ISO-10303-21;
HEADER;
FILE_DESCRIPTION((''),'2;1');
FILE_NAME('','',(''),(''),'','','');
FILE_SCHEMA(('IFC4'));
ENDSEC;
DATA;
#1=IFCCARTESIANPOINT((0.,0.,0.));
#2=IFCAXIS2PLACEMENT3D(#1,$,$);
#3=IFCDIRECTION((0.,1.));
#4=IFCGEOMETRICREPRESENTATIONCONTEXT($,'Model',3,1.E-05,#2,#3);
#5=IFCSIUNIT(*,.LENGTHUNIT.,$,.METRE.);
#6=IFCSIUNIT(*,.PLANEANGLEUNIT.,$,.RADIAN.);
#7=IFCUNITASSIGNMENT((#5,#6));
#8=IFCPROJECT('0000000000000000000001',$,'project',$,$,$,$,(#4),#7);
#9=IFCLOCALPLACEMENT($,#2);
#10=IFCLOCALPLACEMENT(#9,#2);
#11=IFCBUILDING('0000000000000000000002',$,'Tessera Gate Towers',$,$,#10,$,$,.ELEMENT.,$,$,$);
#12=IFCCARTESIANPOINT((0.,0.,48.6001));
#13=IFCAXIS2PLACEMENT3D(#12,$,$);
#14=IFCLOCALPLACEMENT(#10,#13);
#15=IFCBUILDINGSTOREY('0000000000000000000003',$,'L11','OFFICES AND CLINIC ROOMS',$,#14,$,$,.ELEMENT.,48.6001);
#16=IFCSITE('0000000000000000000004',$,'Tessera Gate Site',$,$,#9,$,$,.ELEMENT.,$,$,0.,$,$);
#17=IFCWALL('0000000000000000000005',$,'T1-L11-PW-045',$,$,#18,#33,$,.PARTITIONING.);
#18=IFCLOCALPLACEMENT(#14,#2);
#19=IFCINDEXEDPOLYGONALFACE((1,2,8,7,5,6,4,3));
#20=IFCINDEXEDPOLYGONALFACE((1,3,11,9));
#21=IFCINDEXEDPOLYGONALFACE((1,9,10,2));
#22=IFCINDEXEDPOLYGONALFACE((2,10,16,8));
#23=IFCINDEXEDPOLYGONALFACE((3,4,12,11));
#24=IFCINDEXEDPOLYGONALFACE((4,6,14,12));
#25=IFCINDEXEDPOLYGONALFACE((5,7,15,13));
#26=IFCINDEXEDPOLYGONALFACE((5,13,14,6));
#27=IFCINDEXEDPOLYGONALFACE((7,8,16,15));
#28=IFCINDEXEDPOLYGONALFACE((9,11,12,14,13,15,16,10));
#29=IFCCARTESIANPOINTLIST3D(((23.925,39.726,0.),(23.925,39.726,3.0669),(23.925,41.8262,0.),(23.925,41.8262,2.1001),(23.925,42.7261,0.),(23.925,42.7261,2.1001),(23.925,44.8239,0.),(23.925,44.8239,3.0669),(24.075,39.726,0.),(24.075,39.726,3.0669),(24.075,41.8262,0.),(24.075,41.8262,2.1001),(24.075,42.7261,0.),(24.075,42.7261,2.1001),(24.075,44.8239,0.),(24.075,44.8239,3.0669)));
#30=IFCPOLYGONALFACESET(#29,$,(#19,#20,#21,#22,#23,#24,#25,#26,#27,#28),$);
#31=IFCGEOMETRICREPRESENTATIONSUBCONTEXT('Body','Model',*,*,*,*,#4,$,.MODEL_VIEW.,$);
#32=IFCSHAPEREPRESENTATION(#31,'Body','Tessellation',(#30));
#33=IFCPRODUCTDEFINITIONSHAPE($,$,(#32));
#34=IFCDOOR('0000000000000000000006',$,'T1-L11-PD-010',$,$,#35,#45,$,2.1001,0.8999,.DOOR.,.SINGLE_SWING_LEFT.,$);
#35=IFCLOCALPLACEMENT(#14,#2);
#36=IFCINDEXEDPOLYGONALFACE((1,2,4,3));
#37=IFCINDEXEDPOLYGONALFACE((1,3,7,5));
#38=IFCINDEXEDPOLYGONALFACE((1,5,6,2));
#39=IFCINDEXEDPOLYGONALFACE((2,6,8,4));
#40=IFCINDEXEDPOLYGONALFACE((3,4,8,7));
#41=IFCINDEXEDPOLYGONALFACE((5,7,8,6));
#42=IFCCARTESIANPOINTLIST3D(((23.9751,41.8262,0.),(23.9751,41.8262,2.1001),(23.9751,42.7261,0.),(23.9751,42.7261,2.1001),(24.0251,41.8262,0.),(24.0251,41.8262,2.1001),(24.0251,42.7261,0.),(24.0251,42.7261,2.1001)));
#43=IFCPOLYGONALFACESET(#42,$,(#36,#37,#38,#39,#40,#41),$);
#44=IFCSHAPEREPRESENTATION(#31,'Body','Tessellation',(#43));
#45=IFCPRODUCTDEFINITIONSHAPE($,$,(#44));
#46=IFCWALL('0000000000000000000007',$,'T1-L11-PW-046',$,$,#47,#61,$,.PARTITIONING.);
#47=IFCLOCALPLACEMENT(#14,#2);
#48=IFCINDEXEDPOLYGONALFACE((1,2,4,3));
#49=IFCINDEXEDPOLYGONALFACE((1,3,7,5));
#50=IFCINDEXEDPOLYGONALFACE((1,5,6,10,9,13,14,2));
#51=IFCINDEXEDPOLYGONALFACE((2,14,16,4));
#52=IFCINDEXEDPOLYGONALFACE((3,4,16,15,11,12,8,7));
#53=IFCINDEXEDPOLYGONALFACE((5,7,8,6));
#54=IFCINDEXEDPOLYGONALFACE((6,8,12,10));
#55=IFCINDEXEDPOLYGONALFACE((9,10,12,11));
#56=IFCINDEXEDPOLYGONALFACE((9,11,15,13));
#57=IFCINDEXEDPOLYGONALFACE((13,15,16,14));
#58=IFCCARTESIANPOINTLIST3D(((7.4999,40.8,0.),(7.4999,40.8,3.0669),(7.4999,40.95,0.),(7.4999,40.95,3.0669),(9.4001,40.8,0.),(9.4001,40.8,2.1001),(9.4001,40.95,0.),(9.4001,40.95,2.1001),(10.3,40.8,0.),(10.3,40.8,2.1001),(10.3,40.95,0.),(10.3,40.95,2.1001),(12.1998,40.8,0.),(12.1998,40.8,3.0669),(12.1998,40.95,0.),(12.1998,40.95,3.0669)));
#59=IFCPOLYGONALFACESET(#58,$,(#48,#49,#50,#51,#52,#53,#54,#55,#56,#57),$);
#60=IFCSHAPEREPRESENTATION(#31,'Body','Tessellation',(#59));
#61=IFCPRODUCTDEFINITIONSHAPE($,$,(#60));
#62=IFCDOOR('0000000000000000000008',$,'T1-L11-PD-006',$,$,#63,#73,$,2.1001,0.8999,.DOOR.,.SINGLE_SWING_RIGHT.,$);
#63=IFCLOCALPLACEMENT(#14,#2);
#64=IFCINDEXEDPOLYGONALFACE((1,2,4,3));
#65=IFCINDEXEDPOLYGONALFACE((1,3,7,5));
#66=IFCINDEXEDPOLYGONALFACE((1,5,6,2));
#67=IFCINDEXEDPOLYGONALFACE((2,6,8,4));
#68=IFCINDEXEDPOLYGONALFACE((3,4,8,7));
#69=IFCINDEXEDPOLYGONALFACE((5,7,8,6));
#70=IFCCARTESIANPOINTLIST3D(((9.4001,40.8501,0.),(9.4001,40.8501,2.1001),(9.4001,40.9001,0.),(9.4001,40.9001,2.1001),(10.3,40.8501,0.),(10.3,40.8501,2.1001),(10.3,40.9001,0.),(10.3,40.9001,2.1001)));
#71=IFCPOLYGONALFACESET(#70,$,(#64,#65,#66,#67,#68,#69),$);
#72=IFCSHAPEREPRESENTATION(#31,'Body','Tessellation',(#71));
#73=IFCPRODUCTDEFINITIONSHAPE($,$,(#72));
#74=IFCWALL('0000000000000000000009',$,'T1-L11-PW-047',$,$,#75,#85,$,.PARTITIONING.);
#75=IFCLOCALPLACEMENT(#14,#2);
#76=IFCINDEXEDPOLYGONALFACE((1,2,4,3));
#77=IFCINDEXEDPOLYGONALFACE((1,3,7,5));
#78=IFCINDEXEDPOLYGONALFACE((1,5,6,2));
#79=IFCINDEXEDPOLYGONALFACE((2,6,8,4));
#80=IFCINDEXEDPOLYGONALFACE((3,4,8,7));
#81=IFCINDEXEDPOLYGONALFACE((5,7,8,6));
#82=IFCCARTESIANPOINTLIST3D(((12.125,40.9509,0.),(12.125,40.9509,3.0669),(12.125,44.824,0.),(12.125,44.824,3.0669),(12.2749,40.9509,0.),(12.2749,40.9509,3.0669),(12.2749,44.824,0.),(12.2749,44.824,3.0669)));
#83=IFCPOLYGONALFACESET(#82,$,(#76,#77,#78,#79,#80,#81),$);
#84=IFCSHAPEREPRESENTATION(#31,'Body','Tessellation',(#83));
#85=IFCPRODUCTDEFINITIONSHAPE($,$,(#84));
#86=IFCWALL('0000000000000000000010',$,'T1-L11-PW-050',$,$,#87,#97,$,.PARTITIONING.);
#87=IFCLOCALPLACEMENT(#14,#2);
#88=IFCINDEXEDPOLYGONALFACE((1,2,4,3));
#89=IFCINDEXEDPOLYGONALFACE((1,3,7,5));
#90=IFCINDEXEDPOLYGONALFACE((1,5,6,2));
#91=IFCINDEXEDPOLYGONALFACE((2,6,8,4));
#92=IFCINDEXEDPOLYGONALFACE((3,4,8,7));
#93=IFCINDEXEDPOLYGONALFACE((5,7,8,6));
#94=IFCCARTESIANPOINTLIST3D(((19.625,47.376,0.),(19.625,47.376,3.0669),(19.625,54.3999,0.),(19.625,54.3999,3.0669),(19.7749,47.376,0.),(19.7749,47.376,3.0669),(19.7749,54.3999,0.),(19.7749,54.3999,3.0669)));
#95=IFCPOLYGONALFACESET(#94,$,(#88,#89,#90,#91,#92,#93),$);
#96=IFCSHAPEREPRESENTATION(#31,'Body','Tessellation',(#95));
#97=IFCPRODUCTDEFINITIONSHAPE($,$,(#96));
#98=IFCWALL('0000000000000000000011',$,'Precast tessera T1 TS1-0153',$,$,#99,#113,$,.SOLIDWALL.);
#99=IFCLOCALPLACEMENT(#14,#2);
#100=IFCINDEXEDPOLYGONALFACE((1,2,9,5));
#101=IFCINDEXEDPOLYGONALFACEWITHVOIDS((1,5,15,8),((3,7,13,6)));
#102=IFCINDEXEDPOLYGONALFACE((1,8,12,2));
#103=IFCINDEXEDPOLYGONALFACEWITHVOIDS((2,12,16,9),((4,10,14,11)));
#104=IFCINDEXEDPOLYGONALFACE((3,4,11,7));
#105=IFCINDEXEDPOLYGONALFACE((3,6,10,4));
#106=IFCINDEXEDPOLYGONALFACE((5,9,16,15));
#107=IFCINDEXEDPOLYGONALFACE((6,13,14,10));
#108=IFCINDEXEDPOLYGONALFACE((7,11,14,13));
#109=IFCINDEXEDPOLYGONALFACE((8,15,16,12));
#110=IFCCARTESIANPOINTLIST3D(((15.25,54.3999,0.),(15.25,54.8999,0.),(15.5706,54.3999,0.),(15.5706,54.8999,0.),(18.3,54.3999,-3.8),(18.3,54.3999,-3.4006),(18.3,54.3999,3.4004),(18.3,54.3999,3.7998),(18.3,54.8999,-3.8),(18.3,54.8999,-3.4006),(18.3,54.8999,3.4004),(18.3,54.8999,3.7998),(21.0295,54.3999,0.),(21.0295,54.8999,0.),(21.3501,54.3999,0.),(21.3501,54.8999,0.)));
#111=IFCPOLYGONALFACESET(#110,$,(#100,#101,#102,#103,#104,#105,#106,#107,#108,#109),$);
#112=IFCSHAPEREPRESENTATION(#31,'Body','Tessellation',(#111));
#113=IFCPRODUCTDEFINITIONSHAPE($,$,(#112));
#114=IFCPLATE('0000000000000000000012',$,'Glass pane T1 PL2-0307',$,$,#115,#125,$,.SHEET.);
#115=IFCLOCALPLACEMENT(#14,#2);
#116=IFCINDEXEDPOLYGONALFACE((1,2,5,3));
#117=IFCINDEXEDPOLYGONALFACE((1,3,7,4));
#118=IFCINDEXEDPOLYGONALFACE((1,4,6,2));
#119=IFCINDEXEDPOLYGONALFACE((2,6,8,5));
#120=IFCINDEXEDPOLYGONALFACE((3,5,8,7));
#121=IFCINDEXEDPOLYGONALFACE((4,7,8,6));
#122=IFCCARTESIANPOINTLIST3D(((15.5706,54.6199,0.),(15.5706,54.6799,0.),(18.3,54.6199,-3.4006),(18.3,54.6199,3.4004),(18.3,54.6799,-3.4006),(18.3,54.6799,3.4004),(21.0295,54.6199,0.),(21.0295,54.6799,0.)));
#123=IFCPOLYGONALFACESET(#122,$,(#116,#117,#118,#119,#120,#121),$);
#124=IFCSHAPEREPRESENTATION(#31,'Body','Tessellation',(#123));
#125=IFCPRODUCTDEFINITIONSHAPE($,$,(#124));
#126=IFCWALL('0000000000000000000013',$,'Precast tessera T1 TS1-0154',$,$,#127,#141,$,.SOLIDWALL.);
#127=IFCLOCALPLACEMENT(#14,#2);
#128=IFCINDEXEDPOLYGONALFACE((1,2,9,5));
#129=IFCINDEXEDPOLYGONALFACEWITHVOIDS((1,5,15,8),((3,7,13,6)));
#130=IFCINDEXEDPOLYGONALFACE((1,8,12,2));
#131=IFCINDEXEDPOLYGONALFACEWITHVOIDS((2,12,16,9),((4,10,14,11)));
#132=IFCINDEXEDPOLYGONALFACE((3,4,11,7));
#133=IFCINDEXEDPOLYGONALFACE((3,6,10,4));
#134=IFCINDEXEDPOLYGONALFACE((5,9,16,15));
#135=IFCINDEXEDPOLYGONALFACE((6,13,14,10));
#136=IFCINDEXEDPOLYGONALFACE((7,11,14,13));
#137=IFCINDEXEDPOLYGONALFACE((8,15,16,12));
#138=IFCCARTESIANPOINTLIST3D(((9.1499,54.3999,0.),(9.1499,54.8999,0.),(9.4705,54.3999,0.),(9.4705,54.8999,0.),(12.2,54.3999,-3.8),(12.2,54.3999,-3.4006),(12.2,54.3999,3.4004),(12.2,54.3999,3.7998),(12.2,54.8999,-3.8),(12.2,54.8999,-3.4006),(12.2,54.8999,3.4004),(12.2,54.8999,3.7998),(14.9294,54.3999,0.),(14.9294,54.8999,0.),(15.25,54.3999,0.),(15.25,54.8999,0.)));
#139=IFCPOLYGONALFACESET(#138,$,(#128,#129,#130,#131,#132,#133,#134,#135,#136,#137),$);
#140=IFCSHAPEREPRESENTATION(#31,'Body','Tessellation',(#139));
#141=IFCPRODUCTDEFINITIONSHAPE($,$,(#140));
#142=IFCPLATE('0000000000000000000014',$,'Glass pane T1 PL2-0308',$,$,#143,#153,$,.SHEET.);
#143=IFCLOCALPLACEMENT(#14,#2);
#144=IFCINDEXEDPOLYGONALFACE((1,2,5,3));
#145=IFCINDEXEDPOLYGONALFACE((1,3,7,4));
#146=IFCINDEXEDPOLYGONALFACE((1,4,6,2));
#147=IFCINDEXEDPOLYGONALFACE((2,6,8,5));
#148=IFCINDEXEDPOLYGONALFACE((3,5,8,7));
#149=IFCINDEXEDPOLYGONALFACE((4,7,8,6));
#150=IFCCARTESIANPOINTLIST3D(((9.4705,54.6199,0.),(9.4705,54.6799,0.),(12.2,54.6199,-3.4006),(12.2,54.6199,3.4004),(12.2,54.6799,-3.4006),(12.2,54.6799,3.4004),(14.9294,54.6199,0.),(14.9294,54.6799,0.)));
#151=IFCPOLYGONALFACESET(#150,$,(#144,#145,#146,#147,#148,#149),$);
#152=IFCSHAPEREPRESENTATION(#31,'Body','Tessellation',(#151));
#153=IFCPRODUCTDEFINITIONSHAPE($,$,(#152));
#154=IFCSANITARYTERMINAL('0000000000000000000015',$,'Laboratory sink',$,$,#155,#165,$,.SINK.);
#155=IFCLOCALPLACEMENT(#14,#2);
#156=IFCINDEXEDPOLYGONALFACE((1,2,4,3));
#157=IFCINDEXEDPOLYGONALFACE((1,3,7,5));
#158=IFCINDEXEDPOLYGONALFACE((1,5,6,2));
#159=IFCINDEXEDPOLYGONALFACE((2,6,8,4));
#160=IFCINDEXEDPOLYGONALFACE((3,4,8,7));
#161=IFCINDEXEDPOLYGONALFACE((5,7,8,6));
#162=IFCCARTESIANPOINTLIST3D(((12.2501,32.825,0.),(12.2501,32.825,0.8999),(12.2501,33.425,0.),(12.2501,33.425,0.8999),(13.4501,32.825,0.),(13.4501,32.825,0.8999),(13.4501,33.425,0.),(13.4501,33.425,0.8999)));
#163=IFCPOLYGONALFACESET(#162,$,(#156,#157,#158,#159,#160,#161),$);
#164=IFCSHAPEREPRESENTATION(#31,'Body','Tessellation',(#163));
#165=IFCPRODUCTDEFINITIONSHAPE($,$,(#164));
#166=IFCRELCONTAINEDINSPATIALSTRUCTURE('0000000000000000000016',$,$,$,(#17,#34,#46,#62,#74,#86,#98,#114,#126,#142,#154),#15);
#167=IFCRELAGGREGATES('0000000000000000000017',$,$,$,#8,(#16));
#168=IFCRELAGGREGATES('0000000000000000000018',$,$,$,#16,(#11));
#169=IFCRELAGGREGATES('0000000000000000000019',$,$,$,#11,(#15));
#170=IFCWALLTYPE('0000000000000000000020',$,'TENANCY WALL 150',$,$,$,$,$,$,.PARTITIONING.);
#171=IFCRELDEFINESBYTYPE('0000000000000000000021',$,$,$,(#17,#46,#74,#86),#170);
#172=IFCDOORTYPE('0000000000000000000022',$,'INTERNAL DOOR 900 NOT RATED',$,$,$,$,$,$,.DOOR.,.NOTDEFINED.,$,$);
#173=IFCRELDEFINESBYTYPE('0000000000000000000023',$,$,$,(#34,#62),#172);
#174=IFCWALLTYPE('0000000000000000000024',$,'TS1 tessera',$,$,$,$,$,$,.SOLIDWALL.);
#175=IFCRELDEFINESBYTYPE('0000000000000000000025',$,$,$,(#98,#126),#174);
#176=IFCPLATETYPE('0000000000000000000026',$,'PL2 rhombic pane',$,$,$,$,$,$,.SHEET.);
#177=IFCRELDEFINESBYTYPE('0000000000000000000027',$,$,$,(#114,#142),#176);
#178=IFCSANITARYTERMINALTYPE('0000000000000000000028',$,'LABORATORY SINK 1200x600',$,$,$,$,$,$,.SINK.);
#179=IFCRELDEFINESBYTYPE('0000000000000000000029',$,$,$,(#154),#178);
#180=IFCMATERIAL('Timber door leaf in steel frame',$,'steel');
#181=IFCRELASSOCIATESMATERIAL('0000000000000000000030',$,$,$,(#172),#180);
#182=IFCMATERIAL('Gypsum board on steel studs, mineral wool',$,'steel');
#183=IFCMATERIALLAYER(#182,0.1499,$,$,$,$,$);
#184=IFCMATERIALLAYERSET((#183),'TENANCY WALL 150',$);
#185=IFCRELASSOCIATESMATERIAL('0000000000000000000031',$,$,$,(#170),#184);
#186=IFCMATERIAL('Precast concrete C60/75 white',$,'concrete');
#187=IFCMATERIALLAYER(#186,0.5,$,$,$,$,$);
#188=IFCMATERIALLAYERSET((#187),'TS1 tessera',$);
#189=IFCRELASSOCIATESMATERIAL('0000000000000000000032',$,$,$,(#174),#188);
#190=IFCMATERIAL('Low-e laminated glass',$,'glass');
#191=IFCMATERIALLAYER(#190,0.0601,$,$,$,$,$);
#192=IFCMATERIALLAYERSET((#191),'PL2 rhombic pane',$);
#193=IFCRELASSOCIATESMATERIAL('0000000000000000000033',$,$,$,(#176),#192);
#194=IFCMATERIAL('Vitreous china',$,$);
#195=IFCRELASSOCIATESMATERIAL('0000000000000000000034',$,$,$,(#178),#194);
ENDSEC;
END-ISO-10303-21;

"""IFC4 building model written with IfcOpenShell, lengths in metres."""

from ifc_helpers import new_model, si_unit, direction, frame, frame_2d, origin, origin_2d, place, context, subcontext, project, spatial, polyline, rectangle, outline, extrude, source, transform, mapped, material, layer, layer_set, type_object, element, fill, save


model = new_model("IFC4")

# Units and contexts
model_context = context("Model", 3, precision=1e-05, world=origin(), true_north=direction((0.0, 1.0)))
body_context = subcontext(model_context, "Body", "Model", "MODEL_VIEW")
ifc_project = project(units=[si_unit("LENGTHUNIT", "METRE"), si_unit("PLANEANGLEUNIT", "RADIAN")], contexts=[model_context])

# Site, building, storey
site_placement = place(None, origin())
site = spatial("IfcSite", under=ifc_project, at=site_placement, Name="Tessera Gate Site", CompositionType="ELEMENT", RefElevation=0.0)
building_placement = place(site_placement, origin())
building = spatial("IfcBuilding", under=site, at=building_placement, Name="Tessera Gate Towers", CompositionType="ELEMENT")
storey_placement = place(building_placement, frame((0.0, 0.0, 48.6001)))
storey = spatial("IfcBuildingStorey", under=building, at=storey_placement, Name="L11", Description="OFFICES AND CLINIC ROOMS", CompositionType="ELEMENT", Elevation=48.6001)

# Shared definitions
ifc_material_1 = material(Name="Timber door leaf in steel frame", Category="steel")
door_type = type_object("IfcDoorType", Name="INTERNAL DOOR 900 NOT RATED", OperationType="NOTDEFINED", PredefinedType="DOOR", material=ifc_material_1)
shared_shape_1 = source(origin(), body_context, "Body", "SweptSolid", [
    extrude(rectangle(XDim=0.8999, YDim=2.1001, at=frame_2d((0.45, 1.05))), frame((0.0, 0.0249, 0.0), z_axis=(0.0, -1.0, 0.0), x_axis=(1.0, 0.0, 0.0)), (0.0, 0.0, 1.0), 0.05),
])

# Shared definitions
ifc_material_2 = material(Name="Gypsum board on steel studs, mineral wool", Category="steel")
ifc_layer_1 = layer(ifc_material_2, 0.1499)
ifc_layer_set_1 = layer_set([ifc_layer_1], Name="TENANCY WALL 150")
wall_type_1 = type_object("IfcWallType", Name="TENANCY WALL 150", PredefinedType="PARTITIONING", material=ifc_layer_set_1)

# Walls, openings, doors
shared_shape_2 = source(origin(), body_context, "Body", "SweptSolid", [
    extrude(rectangle(XDim=0.8999, YDim=2.1001, at=frame_2d((0.45, 1.05))), frame((0.0, 0.085, 0.0), z_axis=(0.0, -1.0, 0.0), x_axis=(1.0, 0.0, 0.0)), (0.0, 0.0, 1.0), 0.1699),
])
wall_1_placement = place(storey_placement, frame((24.0, 39.7261, 0.0), z_axis=(0.0, 0.0, 1.0), x_axis=(0.0, 1.0, 0.0)))
wall_1 = element("IfcWall", 1, at=wall_1_placement, inside=storey, type_object=wall_type_1, Name="T1-L11-PW-045", PredefinedType="PARTITIONING", context=body_context, shape_type="SweptSolid", body=[
    extrude(rectangle(XDim=5.0979, YDim=0.1499, at=frame_2d((2.5488, 0.0))), origin(), (0.0, 0.0, 1.0), 3.0669),
])
opening_1_placement = place(wall_1_placement, frame((2.1001, 0.0, 0.0)))
opening_1 = element("IfcOpeningElement", 2, at=opening_1_placement, cuts=wall_1, PredefinedType="OPENING", context=body_context, shape_type="MappedRepresentation", body=[
    mapped(shared_shape_2, transform((0.0, 0.0, 0.0), scale=1.0)),
])
door_1_placement = place(opening_1_placement, origin())
door_1 = element("IfcDoor", 3, at=door_1_placement, inside=storey, type_object=door_type, Name="T1-L11-PD-010", OperationType="SINGLE_SWING_LEFT", OverallHeight=2.1001, OverallWidth=0.8999, PredefinedType="DOOR", context=body_context, shape_type="MappedRepresentation", body=[
    mapped(shared_shape_1, transform((0.0, 0.0, 0.0), scale=1.0)),
])
fill(opening_1, door_1)
wall_2_placement = place(storey_placement, frame((12.2, 40.875, 0.0), z_axis=(0.0, 0.0, 1.0), x_axis=(-1.0, 0.0, 0.0)))
wall_2 = element("IfcWall", 4, at=wall_2_placement, inside=storey, type_object=wall_type_1, Name="T1-L11-PW-046", PredefinedType="PARTITIONING", context=body_context, shape_type="SweptSolid", body=[
    extrude(rectangle(XDim=4.7, YDim=0.1499, at=frame_2d((2.3501, 0.0))), origin(), (0.0, 0.0, 1.0), 3.0669),
])
opening_2_placement = place(wall_2_placement, frame((1.8999, 0.0, 0.0)))
opening_2 = element("IfcOpeningElement", 5, at=opening_2_placement, cuts=wall_2, PredefinedType="OPENING", context=body_context, shape_type="MappedRepresentation", body=[
    mapped(shared_shape_2, transform((0.0, 0.0, 0.0), scale=1.0)),
])
door_2_placement = place(opening_2_placement, origin())
door_2 = element("IfcDoor", 6, at=door_2_placement, inside=storey, type_object=door_type, Name="T1-L11-PD-006", OperationType="SINGLE_SWING_RIGHT", OverallHeight=2.1001, OverallWidth=0.8999, PredefinedType="DOOR", context=body_context, shape_type="MappedRepresentation", body=[
    mapped(shared_shape_1, transform((0.0, 0.0, 0.0), scale=1.0)),
])
fill(opening_2, door_2)

# Walls
wall_3_placement = place(storey_placement, frame((12.2, 40.9509, 0.0), z_axis=(0.0, 0.0, 1.0), x_axis=(0.0, 1.0, 0.0)))
element("IfcWall", 7, at=wall_3_placement, inside=storey, type_object=wall_type_1, Name="T1-L11-PW-047", PredefinedType="PARTITIONING", context=body_context, shape_type="SweptSolid", body=[
    extrude(rectangle(XDim=3.873, YDim=0.1499, at=frame_2d((1.9365, 0.0))), origin(), (0.0, 0.0, 1.0), 3.0669),
])
wall_4_placement = place(storey_placement, frame((19.7, 47.376, 0.0), z_axis=(0.0, 0.0, 1.0), x_axis=(0.0, 1.0, 0.0)))
element("IfcWall", 8, at=wall_4_placement, inside=storey, type_object=wall_type_1, Name="T1-L11-PW-050", PredefinedType="PARTITIONING", context=body_context, shape_type="SweptSolid", body=[
    extrude(rectangle(XDim=7.0239, YDim=0.1499, at=frame_2d((3.512, 0.0))), origin(), (0.0, 0.0, 1.0), 3.0669),
])

# Walls, openings, plates
ifc_material_3 = material(Name="Precast concrete C60/75 white", Category="concrete")
ifc_layer_2 = layer(ifc_material_3, 0.5)
ifc_layer_set_2 = layer_set([ifc_layer_2], Name="TS1 tessera")
wall_type_2 = type_object("IfcWallType", Name="TS1 tessera", PredefinedType="SOLIDWALL", material=ifc_layer_set_2)
shared_shape_3 = source(origin(), body_context, "Body", "SweptSolid", [
    extrude(outline(polyline([(3.05, 0.0), (6.1001, 3.8), (3.05, 7.5999), (0.0, 3.8), (3.05, 0.0)])), frame((0.0, 0.25, 0.0), z_axis=(0.0, -1.0, 0.0), x_axis=(1.0, 0.0, 0.0)), (0.0, 0.0, 1.0), 0.5),
])
wall_5_placement = place(storey_placement, frame((21.3501, 54.6499, -3.8), z_axis=(0.0, 0.0, 1.0), x_axis=(-1.0, 0.0, 0.0)))
wall_5 = element("IfcWall", 9, at=wall_5_placement, inside=storey, type_object=wall_type_2, Name="Precast tessera T1 TS1-0153", PredefinedType="SOLIDWALL", context=body_context, shape_type="MappedRepresentation", body=[
    mapped(shared_shape_3, transform((0.0, 0.0, 0.0), scale=1.0)),
])
shared_shape_4 = source(origin(), body_context, "Body", "SweptSolid", [
    extrude(outline(polyline([(3.05, 0.3994), (5.7795, 3.8), (3.05, 7.2004), (0.3206, 3.8), (3.05, 0.3994)])), frame((0.0, 0.26, 0.0), z_axis=(0.0, -1.0, 0.0), x_axis=(1.0, 0.0, 0.0)), (0.0, 0.0, 1.0), 0.52),
])
opening_3_placement = place(wall_5_placement, origin())
opening_3 = element("IfcOpeningElement", 10, at=opening_3_placement, cuts=wall_5, PredefinedType="OPENING", context=body_context, shape_type="MappedRepresentation", body=[
    mapped(shared_shape_4, transform((0.0, 0.0, 0.0), scale=1.0)),
])
ifc_material_4 = material(Name="Low-e laminated glass", Category="glass")
ifc_layer_3 = layer(ifc_material_4, 0.0601)
ifc_layer_set_3 = layer_set([ifc_layer_3], Name="PL2 rhombic pane")
plate_type = type_object("IfcPlateType", Name="PL2 rhombic pane", PredefinedType="SHEET", material=ifc_layer_set_3)
shared_shape_5 = source(origin(), body_context, "Body", "SweptSolid", [
    extrude(outline(polyline([(3.05, 0.3994), (5.7795, 3.8), (3.05, 7.2004), (0.3206, 3.8), (3.05, 0.3994)])), frame((0.0, 0.03, 0.0), z_axis=(0.0, -1.0, 0.0), x_axis=(1.0, 0.0, 0.0)), (0.0, 0.0, 1.0), 0.0601),
])
plate_1_placement = place(opening_3_placement, origin())
plate_1 = element("IfcPlate", 11, at=plate_1_placement, inside=storey, type_object=plate_type, Name="Glass pane T1 PL2-0307", PredefinedType="SHEET", context=body_context, shape_type="MappedRepresentation", body=[
    mapped(shared_shape_5, transform((0.0, 0.0, 0.0), scale=1.0)),
])
fill(opening_3, plate_1)
wall_6_placement = place(storey_placement, frame((15.25, 54.6499, -3.8), z_axis=(0.0, 0.0, 1.0), x_axis=(-1.0, 0.0, 0.0)))
wall_6 = element("IfcWall", 12, at=wall_6_placement, inside=storey, type_object=wall_type_2, Name="Precast tessera T1 TS1-0154", PredefinedType="SOLIDWALL", context=body_context, shape_type="MappedRepresentation", body=[
    mapped(shared_shape_3, transform((0.0, 0.0, 0.0), scale=1.0)),
])
opening_4_placement = place(wall_6_placement, origin())
opening_4 = element("IfcOpeningElement", 13, at=opening_4_placement, cuts=wall_6, PredefinedType="OPENING", context=body_context, shape_type="MappedRepresentation", body=[
    mapped(shared_shape_4, transform((0.0, 0.0, 0.0), scale=1.0)),
])
plate_2_placement = place(opening_4_placement, origin())
plate_2 = element("IfcPlate", 14, at=plate_2_placement, inside=storey, type_object=plate_type, Name="Glass pane T1 PL2-0308", PredefinedType="SHEET", context=body_context, shape_type="MappedRepresentation", body=[
    mapped(shared_shape_5, transform((0.0, 0.0, 0.0), scale=1.0)),
])
fill(opening_4, plate_2)

# Sanitary terminal
ifc_material_5 = material(Name="Vitreous china")
sanitary_terminal_type = type_object("IfcSanitaryTerminalType", Name="LABORATORY SINK 1200x600", PredefinedType="SINK", material=ifc_material_5)
for number, where, z_axis, x_axis, name in (
    (15, (12.8501, 33.125, 0.0), (0.0, 0.0, 1.0), (1.0, 0.0, 0.0), "Laboratory sink"),
):
    element("IfcSanitaryTerminal", number, at=place(storey_placement, frame(where, z_axis=z_axis, x_axis=x_axis)), inside=storey, type_object=sanitary_terminal_type, Name=name, PredefinedType="SINK", context=body_context, shape_type="SweptSolid", body=[
        extrude(rectangle(XDim=1.2, YDim=0.6001, at=origin_2d()), origin(), (0.0, 0.0, 1.0), 0.8999),
    ])

save(model, "model.ifc")
